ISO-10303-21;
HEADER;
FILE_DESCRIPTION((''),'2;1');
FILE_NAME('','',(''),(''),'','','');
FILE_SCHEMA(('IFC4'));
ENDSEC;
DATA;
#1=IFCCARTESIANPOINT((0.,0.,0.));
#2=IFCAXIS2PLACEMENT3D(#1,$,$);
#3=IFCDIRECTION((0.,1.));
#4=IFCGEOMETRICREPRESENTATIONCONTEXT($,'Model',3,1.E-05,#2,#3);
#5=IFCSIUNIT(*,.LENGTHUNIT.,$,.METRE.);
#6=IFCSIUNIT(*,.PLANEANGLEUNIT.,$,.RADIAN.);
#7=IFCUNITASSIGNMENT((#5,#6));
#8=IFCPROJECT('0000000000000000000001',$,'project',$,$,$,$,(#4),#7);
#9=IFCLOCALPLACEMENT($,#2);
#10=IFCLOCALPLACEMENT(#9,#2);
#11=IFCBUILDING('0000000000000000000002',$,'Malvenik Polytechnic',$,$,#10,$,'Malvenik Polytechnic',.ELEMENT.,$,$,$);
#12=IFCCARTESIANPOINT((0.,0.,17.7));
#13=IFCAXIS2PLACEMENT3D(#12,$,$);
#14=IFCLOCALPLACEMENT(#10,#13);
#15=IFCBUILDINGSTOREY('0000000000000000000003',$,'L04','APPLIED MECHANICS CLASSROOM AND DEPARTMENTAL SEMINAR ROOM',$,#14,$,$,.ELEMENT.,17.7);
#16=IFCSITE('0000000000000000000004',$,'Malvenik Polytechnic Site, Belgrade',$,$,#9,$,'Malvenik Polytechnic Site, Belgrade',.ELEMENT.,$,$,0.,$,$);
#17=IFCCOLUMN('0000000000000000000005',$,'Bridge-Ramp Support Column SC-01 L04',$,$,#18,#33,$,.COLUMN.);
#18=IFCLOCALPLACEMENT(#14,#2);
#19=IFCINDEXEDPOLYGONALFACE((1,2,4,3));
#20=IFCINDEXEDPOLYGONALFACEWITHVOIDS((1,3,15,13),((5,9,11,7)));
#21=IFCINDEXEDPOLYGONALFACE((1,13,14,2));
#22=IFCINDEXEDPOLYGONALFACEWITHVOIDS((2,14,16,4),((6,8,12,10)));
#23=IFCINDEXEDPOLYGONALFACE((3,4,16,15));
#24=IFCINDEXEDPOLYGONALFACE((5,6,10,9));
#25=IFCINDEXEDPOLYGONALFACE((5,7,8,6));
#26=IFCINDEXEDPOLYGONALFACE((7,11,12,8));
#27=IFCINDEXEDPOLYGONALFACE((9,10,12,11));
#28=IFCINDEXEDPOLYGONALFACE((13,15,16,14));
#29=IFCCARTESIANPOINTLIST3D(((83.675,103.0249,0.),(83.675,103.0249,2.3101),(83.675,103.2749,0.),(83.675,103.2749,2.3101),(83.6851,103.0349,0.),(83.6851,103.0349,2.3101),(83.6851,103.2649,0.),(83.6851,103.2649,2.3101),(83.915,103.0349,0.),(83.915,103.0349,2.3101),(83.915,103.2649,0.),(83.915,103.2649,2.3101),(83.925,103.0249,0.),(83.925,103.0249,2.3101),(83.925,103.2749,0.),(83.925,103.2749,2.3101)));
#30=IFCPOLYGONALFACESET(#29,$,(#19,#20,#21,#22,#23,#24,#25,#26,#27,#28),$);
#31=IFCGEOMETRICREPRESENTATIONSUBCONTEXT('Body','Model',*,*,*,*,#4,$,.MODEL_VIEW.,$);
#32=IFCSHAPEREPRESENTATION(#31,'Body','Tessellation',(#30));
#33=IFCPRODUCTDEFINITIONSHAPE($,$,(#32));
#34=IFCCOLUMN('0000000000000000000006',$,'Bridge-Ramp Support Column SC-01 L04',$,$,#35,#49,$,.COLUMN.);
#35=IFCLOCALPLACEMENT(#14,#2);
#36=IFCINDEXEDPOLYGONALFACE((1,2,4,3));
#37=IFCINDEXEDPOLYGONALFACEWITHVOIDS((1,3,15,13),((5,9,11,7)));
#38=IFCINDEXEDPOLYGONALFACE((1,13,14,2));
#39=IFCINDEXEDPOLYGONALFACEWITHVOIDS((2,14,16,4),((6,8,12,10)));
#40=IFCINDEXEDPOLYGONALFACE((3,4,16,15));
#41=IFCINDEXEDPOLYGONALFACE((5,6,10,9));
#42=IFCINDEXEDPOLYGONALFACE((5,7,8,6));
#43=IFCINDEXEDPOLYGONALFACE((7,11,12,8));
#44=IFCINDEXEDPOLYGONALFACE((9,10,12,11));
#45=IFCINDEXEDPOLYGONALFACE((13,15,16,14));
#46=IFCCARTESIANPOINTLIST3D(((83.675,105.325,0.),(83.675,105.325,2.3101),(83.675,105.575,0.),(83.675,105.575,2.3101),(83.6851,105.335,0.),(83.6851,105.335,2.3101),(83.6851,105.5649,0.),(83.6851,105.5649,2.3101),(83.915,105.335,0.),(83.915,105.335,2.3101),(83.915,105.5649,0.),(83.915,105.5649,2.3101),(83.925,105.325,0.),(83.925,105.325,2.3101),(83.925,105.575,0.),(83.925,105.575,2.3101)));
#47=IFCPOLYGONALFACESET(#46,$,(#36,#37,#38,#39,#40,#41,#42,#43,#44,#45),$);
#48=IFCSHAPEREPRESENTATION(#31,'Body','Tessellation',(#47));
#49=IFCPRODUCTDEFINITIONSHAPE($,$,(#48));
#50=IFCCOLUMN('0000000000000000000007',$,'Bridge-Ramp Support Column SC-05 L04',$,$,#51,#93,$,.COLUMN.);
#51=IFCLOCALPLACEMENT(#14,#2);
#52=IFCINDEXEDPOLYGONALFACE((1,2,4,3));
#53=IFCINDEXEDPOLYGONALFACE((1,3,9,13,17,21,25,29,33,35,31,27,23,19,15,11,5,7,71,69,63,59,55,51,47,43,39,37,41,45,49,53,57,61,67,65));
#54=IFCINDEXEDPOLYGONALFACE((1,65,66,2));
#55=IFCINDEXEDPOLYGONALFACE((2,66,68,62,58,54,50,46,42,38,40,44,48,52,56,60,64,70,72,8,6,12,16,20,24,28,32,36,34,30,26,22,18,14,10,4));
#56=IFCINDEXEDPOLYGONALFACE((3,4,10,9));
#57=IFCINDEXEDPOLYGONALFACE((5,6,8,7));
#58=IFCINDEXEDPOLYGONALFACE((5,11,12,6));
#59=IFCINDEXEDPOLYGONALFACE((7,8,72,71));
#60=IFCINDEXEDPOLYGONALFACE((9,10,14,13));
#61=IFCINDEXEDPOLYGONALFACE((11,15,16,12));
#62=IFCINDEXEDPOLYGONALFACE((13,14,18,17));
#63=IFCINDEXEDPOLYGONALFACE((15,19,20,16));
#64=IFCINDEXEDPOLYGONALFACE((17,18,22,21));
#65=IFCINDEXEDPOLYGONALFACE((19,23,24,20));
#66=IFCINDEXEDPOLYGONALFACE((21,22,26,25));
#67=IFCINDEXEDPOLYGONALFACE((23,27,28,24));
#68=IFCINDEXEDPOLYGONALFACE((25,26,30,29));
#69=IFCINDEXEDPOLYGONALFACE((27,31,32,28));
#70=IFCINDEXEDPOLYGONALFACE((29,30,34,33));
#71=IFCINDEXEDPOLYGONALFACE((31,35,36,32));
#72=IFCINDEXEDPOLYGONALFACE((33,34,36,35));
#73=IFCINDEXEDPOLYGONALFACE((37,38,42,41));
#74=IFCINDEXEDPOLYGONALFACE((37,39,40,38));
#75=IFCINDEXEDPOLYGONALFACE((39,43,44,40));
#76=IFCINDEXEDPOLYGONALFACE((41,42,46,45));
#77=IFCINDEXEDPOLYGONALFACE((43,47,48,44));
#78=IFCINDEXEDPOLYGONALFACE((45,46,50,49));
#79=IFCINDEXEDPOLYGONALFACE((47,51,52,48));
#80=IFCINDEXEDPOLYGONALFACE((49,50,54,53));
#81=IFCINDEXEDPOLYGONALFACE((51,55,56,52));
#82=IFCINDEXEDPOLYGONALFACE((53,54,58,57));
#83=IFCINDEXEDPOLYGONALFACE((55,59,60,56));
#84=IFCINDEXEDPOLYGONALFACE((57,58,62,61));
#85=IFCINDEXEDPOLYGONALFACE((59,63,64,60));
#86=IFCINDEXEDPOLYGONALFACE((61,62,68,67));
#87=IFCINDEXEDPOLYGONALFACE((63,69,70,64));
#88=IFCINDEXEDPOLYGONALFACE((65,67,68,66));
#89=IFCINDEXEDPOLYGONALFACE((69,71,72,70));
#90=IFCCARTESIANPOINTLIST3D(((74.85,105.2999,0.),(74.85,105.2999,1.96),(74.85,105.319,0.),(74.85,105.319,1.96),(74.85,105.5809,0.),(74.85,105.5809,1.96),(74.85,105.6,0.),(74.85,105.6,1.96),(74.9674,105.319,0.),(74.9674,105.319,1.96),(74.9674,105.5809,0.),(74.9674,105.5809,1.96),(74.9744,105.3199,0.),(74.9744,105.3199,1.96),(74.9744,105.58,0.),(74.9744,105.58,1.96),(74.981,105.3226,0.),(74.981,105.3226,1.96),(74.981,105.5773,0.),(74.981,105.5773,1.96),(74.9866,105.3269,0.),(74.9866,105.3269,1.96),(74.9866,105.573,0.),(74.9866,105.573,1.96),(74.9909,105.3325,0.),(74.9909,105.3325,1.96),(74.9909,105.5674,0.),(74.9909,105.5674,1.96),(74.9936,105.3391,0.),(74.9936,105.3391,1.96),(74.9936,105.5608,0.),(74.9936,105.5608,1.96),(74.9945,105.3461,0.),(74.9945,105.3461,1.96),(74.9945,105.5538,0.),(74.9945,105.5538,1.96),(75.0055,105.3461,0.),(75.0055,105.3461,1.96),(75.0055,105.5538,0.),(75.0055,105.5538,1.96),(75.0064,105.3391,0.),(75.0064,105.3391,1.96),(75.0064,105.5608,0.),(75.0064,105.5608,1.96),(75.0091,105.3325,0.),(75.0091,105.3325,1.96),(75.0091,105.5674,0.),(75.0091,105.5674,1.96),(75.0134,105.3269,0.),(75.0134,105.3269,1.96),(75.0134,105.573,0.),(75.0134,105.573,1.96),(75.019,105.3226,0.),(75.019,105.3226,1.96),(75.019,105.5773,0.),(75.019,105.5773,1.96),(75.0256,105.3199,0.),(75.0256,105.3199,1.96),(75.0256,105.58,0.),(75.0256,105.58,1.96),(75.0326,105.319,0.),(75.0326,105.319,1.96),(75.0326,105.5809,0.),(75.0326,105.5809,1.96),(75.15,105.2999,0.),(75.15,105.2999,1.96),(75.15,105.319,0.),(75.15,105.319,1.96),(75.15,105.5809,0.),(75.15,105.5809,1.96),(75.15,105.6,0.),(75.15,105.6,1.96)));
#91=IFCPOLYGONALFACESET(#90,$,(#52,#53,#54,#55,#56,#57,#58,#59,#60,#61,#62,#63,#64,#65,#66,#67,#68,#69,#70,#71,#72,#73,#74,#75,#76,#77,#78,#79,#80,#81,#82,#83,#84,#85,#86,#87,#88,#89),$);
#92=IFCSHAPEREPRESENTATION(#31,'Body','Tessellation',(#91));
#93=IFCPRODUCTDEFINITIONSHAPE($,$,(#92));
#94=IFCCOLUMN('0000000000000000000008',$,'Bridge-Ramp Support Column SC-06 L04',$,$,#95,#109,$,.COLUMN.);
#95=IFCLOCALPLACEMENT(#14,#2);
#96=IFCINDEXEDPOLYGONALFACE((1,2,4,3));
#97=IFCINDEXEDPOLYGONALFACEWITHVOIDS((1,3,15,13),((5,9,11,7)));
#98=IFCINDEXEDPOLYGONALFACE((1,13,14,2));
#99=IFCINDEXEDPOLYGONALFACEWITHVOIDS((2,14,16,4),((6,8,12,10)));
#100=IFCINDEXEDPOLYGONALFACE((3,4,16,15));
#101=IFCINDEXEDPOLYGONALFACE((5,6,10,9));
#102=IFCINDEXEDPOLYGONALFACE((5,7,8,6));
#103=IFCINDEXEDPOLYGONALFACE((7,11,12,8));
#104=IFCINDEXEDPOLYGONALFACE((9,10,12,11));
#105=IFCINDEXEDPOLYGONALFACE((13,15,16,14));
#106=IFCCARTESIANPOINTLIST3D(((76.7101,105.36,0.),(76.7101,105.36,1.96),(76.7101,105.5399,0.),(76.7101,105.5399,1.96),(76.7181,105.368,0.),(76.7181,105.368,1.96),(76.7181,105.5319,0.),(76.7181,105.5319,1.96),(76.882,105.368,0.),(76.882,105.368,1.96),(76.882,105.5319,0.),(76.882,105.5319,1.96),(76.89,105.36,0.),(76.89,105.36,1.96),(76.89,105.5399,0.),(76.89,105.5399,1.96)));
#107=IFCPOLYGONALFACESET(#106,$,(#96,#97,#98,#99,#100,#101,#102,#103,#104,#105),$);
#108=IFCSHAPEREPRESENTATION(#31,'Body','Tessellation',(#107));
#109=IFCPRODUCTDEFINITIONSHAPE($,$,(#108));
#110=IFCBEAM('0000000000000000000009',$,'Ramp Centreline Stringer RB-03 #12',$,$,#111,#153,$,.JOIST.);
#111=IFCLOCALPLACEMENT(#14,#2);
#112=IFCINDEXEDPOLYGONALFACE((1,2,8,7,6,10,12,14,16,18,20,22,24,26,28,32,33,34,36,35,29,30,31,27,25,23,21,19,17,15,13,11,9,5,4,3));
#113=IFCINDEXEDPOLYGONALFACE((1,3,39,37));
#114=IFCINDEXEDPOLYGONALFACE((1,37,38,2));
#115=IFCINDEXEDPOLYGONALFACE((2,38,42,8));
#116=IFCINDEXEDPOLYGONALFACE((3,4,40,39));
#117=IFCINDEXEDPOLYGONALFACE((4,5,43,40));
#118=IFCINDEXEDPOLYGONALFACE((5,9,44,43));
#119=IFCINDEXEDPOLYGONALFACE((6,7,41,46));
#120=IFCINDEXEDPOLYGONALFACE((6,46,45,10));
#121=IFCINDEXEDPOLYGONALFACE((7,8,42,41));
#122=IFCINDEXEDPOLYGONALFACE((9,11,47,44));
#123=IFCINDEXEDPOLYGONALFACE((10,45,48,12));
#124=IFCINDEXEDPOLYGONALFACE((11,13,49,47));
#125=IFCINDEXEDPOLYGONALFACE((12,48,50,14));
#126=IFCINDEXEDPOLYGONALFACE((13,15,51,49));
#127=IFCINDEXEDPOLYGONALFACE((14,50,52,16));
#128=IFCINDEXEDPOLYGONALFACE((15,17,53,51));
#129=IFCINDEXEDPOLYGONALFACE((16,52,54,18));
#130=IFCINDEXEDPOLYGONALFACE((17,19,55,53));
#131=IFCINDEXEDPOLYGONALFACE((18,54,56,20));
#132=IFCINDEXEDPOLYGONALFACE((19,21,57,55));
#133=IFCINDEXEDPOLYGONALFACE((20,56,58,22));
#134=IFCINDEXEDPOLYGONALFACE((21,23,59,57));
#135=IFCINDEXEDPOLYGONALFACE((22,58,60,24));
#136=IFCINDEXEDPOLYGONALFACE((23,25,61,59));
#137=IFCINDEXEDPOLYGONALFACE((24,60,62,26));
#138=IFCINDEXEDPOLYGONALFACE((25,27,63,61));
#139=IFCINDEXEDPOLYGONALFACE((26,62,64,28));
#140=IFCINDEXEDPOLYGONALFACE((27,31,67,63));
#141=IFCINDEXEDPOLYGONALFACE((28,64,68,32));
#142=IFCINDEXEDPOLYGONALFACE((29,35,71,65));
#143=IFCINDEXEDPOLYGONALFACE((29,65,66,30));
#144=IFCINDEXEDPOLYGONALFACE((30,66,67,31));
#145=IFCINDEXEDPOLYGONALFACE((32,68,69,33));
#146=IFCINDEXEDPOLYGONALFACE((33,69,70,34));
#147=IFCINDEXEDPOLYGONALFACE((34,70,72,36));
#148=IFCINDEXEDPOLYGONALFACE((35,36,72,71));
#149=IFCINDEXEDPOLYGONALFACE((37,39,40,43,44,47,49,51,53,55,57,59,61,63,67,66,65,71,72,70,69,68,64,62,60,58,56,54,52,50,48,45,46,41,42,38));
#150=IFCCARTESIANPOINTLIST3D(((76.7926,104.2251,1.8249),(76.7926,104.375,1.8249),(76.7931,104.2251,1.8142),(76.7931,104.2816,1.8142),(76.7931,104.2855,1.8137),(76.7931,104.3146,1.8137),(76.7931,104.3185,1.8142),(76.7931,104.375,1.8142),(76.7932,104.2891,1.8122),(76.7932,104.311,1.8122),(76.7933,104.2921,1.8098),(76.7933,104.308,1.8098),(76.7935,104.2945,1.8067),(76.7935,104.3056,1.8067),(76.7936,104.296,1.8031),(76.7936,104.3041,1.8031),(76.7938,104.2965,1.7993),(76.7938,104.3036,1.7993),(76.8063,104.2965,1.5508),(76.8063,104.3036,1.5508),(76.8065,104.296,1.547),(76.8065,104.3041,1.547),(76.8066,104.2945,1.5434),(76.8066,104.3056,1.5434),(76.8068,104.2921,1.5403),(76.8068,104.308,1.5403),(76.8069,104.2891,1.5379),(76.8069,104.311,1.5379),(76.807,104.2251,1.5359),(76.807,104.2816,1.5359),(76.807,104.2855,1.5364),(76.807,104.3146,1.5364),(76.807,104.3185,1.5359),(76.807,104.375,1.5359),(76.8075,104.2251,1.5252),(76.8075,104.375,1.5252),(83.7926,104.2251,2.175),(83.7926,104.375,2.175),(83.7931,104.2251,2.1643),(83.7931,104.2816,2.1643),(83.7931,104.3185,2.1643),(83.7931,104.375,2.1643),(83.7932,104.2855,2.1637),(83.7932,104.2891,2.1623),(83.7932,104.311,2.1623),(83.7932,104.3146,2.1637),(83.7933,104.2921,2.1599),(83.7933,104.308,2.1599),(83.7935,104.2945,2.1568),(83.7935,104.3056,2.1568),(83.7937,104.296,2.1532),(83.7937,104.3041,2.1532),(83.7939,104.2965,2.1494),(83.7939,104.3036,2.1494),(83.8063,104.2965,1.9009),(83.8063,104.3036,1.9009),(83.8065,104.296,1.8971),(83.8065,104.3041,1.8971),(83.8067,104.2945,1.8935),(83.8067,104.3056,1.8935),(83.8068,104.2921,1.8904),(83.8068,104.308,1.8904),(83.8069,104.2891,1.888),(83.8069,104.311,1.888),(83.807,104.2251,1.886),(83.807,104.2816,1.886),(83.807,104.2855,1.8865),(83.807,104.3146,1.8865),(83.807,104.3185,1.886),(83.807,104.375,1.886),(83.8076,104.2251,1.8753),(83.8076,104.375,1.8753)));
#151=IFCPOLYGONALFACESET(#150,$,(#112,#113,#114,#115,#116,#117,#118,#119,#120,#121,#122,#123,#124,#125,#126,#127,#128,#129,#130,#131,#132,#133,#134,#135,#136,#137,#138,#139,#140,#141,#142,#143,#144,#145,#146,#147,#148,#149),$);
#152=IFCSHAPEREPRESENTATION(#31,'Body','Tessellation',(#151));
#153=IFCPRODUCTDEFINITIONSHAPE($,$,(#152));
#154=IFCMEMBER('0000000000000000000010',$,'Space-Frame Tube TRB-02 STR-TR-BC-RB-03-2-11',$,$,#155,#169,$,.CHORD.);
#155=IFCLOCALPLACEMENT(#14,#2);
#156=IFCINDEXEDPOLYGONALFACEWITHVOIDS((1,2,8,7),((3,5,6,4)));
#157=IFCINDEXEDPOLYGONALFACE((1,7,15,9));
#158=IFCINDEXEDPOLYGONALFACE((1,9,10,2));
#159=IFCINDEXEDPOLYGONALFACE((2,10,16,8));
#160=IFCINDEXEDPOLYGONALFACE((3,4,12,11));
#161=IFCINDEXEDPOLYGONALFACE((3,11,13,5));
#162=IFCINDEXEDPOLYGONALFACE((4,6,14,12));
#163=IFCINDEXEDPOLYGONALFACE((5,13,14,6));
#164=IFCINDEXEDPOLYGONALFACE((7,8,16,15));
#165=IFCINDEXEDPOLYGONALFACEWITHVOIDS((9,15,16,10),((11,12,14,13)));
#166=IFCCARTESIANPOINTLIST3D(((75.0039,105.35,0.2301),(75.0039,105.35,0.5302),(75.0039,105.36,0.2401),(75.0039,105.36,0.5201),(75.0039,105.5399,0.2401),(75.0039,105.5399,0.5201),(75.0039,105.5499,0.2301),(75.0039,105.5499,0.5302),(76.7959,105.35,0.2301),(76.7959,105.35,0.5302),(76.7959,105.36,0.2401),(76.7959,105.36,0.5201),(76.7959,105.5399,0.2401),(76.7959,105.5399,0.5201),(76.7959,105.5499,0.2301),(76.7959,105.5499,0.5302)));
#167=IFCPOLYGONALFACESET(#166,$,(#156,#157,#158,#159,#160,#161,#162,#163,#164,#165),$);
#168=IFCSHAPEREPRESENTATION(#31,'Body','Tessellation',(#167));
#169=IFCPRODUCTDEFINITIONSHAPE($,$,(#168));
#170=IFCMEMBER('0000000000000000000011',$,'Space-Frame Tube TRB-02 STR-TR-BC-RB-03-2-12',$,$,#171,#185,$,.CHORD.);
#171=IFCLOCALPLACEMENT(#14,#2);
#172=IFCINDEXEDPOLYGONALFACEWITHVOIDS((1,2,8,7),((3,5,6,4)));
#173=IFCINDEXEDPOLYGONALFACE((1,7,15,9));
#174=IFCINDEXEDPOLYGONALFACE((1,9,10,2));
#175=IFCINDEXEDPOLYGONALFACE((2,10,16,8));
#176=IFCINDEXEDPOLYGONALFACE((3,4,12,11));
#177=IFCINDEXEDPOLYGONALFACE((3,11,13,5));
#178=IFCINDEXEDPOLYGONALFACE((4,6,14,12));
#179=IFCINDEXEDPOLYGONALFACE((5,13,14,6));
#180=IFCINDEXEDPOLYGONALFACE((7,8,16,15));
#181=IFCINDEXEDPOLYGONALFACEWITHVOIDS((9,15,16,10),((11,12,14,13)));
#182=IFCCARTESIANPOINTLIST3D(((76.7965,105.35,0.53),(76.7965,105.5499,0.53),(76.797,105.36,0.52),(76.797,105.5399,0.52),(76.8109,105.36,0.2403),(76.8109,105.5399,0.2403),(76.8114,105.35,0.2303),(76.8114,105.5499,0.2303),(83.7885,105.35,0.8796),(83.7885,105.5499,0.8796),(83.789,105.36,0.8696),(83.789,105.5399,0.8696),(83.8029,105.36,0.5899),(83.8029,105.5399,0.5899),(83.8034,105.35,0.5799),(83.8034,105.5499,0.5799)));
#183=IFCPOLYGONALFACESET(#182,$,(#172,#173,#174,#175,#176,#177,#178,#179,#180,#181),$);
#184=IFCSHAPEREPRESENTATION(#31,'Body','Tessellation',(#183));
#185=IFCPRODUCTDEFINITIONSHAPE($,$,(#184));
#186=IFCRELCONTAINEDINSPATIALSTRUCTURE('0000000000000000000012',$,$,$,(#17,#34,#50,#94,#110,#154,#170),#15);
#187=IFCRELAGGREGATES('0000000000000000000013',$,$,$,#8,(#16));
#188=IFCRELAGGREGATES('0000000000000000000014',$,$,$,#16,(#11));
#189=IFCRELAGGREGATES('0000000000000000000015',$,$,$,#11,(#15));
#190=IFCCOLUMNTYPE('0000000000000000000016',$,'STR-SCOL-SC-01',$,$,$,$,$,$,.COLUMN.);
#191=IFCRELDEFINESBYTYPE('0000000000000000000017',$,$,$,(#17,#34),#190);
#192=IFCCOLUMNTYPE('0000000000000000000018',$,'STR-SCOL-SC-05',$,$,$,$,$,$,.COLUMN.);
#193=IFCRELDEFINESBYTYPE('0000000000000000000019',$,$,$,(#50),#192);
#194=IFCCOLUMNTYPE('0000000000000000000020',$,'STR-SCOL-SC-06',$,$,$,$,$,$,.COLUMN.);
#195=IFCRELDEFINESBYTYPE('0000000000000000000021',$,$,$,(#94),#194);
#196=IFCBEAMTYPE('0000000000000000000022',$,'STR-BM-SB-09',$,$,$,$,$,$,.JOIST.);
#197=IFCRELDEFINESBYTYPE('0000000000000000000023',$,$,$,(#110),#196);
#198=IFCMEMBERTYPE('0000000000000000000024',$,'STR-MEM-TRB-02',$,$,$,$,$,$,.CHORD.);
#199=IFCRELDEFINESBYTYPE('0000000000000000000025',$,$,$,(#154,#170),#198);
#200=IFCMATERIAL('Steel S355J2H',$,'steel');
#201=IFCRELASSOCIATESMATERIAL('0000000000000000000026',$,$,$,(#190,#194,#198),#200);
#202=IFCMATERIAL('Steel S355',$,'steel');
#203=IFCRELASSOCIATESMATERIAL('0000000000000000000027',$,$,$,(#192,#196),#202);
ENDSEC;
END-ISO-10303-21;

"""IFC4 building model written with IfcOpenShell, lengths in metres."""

from ifc_helpers import new_model, si_unit, direction, frame, origin, origin_2d, place, context, subcontext, project, spatial, hollow_rectangle, i_section, extrude, material, material_profile, profile_set, type_object, element, save


model = new_model("IFC4")

# Units and contexts
model_context = context("Model", 3, precision=1e-05, world=origin(), true_north=direction((0.0, 1.0)))
body_context = subcontext(model_context, "Body", "Model", "MODEL_VIEW")
ifc_project = project(units=[si_unit("LENGTHUNIT", "METRE"), si_unit("PLANEANGLEUNIT", "RADIAN")], contexts=[model_context])

# Site, building, storey
site_placement = place(None, origin())
site = spatial("IfcSite", under=ifc_project, at=site_placement, Name="Malvenik Polytechnic Site, Belgrade", LongName="Malvenik Polytechnic Site, Belgrade", CompositionType="ELEMENT", RefElevation=0.0)
building_placement = place(site_placement, origin())
building = spatial("IfcBuilding", under=site, at=building_placement, Name="Malvenik Polytechnic", LongName="Malvenik Polytechnic", CompositionType="ELEMENT")
storey_placement = place(building_placement, frame((0.0, 0.0, 17.7)))
storey = spatial("IfcBuildingStorey", under=building, at=storey_placement, Name="L04", Description="APPLIED MECHANICS CLASSROOM AND DEPARTMENTAL SEMINAR ROOM", CompositionType="ELEMENT", Elevation=17.7)

# Columns
ifc_material_1 = material(Name="Steel S355J2H", Category="steel")
ifc_material_profile_1 = material_profile(ifc_material_1, hollow_rectangle(XDim=0.25, YDim=0.25, WallThickness=0.01, at=origin_2d()), Name="SHS 250x250x10.0")
ifc_profile_set_1 = profile_set([ifc_material_profile_1], Name="Steel S355J2H")
column_type_1 = type_object("IfcColumnType", Name="STR-SCOL-SC-01", PredefinedType="COLUMN", material=ifc_profile_set_1)
for number, where, z_axis, x_axis, name in (
    (1, (83.8, 103.1499, 0.0), (0.0, 0.0, 1.0), (1.0, 0.0, 0.0), "Bridge-Ramp Support Column SC-01 L04"),
    (2, (83.8, 105.45, 0.0), (0.0, 0.0, 1.0), (1.0, 0.0, 0.0), "Bridge-Ramp Support Column SC-01 L04"),
):
    element("IfcColumn", number, at=place(storey_placement, frame(where, z_axis=z_axis, x_axis=x_axis)), inside=storey, type_object=column_type_1, Name=name, PredefinedType="COLUMN", context=body_context, shape_type="SweptSolid", body=[
        extrude(hollow_rectangle(XDim=0.25, YDim=0.25, WallThickness=0.01, at=origin_2d()), origin(), (0.0, 0.0, 1.0), 2.3101),
    ])
ifc_material_2 = material(Name="Steel S355", Category="steel")
ifc_material_profile_2 = material_profile(ifc_material_2, i_section(OverallWidth=0.3, OverallDepth=0.3, WebThickness=0.011, FlangeThickness=0.019, FilletRadius=0.0271, at=origin_2d()), Name="HEB 300")
ifc_profile_set_2 = profile_set([ifc_material_profile_2], Name="Steel S355")
column_type_2 = type_object("IfcColumnType", Name="STR-SCOL-SC-05", PredefinedType="COLUMN", material=ifc_profile_set_2)
column_1_placement = place(storey_placement, frame((75.0, 105.45, 0.0), z_axis=(0.0, 0.0, 1.0), x_axis=(1.0, 0.0, 0.0)))
element("IfcColumn", 3, at=column_1_placement, inside=storey, type_object=column_type_2, Name="Bridge-Ramp Support Column SC-05 L04", PredefinedType="COLUMN", context=body_context, shape_type="SweptSolid", body=[
    extrude(i_section(OverallWidth=0.3, OverallDepth=0.3, WebThickness=0.011, FlangeThickness=0.019, FilletRadius=0.0271, at=origin_2d()), origin(), (0.0, 0.0, 1.0), 1.96),
])
ifc_material_profile_3 = material_profile(ifc_material_1, hollow_rectangle(XDim=0.1799, YDim=0.1799, WallThickness=0.0081, at=origin_2d()), Name="SHS 180x180x8.0")
ifc_profile_set_3 = profile_set([ifc_material_profile_3], Name="Steel S355J2H")
column_type_3 = type_object("IfcColumnType", Name="STR-SCOL-SC-06", PredefinedType="COLUMN", material=ifc_profile_set_3)
column_2_placement = place(storey_placement, frame((76.8, 105.45, 0.0), z_axis=(0.0, 0.0, 1.0), x_axis=(1.0, 0.0, 0.0)))
element("IfcColumn", 4, at=column_2_placement, inside=storey, type_object=column_type_3, Name="Bridge-Ramp Support Column SC-06 L04", PredefinedType="COLUMN", context=body_context, shape_type="SweptSolid", body=[
    extrude(hollow_rectangle(XDim=0.1799, YDim=0.1799, WallThickness=0.0081, at=origin_2d()), origin(), (0.0, 0.0, 1.0), 1.96),
])

# Beam
ifc_material_profile_4 = material_profile(ifc_material_2, i_section(OverallWidth=0.1499, OverallDepth=0.3, WebThickness=0.0071, FlangeThickness=0.0107, FilletRadius=0.0149, at=origin_2d()), Name="IPE 300")
ifc_profile_set_4 = profile_set([ifc_material_profile_4], Name="Steel S355")
beam_type = type_object("IfcBeamType", Name="STR-BM-SB-09", PredefinedType="JOIST", material=ifc_profile_set_4)
beam_placement = place(storey_placement, frame((76.8, 104.3, 1.675), z_axis=(0.998752, 0.0, 0.049952), x_axis=(0.0, 1.0, 0.0)))
element("IfcBeam", 5, at=beam_placement, inside=storey, type_object=beam_type, Name="Ramp Centreline Stringer RB-03 #12", PredefinedType="JOIST", context=body_context, shape_type="SweptSolid", body=[
    extrude(i_section(OverallWidth=0.1499, OverallDepth=0.3, WebThickness=0.0071, FlangeThickness=0.0107, FilletRadius=0.0149, at=origin_2d()), origin(), (0.0, 0.0, 1.0), 7.0088),
])

# Members
ifc_material_profile_5 = material_profile(ifc_material_1, hollow_rectangle(XDim=0.2, YDim=0.3, WallThickness=0.01, at=origin_2d()), Name="RHS 300x200x10.0")
ifc_profile_set_5 = profile_set([ifc_material_profile_5], Name="Steel S355J2H")
member_type_1 = type_object("IfcMemberType", Name="STR-MEM-TRB-02", PredefinedType="CHORD", material=ifc_profile_set_5)
member_1_placement = place(storey_placement, frame((75.0039, 105.45, 0.3801), z_axis=(1.0, 0.0, 0.0), x_axis=(0.0, 1.0, 0.0)))
element("IfcMember", 6, at=member_1_placement, inside=storey, type_object=member_type_1, Name="Space-Frame Tube TRB-02 STR-TR-BC-RB-03-2-11", PredefinedType="CHORD", context=body_context, shape_type="SweptSolid", body=[
    extrude(hollow_rectangle(XDim=0.2, YDim=0.3, WallThickness=0.01, at=origin_2d()), origin(), (0.0, 0.0, 1.0), 1.792),
])
member_2_placement = place(storey_placement, frame((76.804, 105.45, 0.3801), z_axis=(0.998752, 0.0, 0.049939), x_axis=(0.0, 1.0, 0.0)))
element("IfcMember", 7, at=member_2_placement, inside=storey, type_object=member_type_1, Name="Space-Frame Tube TRB-02 STR-TR-BC-RB-03-2-12", PredefinedType="CHORD", context=body_context, shape_type="SweptSolid", body=[
    extrude(hollow_rectangle(XDim=0.2, YDim=0.3, WallThickness=0.01, at=origin_2d()), origin(), (0.0, 0.0, 1.0), 7.0007),
])

save(model, "model.ifc")
